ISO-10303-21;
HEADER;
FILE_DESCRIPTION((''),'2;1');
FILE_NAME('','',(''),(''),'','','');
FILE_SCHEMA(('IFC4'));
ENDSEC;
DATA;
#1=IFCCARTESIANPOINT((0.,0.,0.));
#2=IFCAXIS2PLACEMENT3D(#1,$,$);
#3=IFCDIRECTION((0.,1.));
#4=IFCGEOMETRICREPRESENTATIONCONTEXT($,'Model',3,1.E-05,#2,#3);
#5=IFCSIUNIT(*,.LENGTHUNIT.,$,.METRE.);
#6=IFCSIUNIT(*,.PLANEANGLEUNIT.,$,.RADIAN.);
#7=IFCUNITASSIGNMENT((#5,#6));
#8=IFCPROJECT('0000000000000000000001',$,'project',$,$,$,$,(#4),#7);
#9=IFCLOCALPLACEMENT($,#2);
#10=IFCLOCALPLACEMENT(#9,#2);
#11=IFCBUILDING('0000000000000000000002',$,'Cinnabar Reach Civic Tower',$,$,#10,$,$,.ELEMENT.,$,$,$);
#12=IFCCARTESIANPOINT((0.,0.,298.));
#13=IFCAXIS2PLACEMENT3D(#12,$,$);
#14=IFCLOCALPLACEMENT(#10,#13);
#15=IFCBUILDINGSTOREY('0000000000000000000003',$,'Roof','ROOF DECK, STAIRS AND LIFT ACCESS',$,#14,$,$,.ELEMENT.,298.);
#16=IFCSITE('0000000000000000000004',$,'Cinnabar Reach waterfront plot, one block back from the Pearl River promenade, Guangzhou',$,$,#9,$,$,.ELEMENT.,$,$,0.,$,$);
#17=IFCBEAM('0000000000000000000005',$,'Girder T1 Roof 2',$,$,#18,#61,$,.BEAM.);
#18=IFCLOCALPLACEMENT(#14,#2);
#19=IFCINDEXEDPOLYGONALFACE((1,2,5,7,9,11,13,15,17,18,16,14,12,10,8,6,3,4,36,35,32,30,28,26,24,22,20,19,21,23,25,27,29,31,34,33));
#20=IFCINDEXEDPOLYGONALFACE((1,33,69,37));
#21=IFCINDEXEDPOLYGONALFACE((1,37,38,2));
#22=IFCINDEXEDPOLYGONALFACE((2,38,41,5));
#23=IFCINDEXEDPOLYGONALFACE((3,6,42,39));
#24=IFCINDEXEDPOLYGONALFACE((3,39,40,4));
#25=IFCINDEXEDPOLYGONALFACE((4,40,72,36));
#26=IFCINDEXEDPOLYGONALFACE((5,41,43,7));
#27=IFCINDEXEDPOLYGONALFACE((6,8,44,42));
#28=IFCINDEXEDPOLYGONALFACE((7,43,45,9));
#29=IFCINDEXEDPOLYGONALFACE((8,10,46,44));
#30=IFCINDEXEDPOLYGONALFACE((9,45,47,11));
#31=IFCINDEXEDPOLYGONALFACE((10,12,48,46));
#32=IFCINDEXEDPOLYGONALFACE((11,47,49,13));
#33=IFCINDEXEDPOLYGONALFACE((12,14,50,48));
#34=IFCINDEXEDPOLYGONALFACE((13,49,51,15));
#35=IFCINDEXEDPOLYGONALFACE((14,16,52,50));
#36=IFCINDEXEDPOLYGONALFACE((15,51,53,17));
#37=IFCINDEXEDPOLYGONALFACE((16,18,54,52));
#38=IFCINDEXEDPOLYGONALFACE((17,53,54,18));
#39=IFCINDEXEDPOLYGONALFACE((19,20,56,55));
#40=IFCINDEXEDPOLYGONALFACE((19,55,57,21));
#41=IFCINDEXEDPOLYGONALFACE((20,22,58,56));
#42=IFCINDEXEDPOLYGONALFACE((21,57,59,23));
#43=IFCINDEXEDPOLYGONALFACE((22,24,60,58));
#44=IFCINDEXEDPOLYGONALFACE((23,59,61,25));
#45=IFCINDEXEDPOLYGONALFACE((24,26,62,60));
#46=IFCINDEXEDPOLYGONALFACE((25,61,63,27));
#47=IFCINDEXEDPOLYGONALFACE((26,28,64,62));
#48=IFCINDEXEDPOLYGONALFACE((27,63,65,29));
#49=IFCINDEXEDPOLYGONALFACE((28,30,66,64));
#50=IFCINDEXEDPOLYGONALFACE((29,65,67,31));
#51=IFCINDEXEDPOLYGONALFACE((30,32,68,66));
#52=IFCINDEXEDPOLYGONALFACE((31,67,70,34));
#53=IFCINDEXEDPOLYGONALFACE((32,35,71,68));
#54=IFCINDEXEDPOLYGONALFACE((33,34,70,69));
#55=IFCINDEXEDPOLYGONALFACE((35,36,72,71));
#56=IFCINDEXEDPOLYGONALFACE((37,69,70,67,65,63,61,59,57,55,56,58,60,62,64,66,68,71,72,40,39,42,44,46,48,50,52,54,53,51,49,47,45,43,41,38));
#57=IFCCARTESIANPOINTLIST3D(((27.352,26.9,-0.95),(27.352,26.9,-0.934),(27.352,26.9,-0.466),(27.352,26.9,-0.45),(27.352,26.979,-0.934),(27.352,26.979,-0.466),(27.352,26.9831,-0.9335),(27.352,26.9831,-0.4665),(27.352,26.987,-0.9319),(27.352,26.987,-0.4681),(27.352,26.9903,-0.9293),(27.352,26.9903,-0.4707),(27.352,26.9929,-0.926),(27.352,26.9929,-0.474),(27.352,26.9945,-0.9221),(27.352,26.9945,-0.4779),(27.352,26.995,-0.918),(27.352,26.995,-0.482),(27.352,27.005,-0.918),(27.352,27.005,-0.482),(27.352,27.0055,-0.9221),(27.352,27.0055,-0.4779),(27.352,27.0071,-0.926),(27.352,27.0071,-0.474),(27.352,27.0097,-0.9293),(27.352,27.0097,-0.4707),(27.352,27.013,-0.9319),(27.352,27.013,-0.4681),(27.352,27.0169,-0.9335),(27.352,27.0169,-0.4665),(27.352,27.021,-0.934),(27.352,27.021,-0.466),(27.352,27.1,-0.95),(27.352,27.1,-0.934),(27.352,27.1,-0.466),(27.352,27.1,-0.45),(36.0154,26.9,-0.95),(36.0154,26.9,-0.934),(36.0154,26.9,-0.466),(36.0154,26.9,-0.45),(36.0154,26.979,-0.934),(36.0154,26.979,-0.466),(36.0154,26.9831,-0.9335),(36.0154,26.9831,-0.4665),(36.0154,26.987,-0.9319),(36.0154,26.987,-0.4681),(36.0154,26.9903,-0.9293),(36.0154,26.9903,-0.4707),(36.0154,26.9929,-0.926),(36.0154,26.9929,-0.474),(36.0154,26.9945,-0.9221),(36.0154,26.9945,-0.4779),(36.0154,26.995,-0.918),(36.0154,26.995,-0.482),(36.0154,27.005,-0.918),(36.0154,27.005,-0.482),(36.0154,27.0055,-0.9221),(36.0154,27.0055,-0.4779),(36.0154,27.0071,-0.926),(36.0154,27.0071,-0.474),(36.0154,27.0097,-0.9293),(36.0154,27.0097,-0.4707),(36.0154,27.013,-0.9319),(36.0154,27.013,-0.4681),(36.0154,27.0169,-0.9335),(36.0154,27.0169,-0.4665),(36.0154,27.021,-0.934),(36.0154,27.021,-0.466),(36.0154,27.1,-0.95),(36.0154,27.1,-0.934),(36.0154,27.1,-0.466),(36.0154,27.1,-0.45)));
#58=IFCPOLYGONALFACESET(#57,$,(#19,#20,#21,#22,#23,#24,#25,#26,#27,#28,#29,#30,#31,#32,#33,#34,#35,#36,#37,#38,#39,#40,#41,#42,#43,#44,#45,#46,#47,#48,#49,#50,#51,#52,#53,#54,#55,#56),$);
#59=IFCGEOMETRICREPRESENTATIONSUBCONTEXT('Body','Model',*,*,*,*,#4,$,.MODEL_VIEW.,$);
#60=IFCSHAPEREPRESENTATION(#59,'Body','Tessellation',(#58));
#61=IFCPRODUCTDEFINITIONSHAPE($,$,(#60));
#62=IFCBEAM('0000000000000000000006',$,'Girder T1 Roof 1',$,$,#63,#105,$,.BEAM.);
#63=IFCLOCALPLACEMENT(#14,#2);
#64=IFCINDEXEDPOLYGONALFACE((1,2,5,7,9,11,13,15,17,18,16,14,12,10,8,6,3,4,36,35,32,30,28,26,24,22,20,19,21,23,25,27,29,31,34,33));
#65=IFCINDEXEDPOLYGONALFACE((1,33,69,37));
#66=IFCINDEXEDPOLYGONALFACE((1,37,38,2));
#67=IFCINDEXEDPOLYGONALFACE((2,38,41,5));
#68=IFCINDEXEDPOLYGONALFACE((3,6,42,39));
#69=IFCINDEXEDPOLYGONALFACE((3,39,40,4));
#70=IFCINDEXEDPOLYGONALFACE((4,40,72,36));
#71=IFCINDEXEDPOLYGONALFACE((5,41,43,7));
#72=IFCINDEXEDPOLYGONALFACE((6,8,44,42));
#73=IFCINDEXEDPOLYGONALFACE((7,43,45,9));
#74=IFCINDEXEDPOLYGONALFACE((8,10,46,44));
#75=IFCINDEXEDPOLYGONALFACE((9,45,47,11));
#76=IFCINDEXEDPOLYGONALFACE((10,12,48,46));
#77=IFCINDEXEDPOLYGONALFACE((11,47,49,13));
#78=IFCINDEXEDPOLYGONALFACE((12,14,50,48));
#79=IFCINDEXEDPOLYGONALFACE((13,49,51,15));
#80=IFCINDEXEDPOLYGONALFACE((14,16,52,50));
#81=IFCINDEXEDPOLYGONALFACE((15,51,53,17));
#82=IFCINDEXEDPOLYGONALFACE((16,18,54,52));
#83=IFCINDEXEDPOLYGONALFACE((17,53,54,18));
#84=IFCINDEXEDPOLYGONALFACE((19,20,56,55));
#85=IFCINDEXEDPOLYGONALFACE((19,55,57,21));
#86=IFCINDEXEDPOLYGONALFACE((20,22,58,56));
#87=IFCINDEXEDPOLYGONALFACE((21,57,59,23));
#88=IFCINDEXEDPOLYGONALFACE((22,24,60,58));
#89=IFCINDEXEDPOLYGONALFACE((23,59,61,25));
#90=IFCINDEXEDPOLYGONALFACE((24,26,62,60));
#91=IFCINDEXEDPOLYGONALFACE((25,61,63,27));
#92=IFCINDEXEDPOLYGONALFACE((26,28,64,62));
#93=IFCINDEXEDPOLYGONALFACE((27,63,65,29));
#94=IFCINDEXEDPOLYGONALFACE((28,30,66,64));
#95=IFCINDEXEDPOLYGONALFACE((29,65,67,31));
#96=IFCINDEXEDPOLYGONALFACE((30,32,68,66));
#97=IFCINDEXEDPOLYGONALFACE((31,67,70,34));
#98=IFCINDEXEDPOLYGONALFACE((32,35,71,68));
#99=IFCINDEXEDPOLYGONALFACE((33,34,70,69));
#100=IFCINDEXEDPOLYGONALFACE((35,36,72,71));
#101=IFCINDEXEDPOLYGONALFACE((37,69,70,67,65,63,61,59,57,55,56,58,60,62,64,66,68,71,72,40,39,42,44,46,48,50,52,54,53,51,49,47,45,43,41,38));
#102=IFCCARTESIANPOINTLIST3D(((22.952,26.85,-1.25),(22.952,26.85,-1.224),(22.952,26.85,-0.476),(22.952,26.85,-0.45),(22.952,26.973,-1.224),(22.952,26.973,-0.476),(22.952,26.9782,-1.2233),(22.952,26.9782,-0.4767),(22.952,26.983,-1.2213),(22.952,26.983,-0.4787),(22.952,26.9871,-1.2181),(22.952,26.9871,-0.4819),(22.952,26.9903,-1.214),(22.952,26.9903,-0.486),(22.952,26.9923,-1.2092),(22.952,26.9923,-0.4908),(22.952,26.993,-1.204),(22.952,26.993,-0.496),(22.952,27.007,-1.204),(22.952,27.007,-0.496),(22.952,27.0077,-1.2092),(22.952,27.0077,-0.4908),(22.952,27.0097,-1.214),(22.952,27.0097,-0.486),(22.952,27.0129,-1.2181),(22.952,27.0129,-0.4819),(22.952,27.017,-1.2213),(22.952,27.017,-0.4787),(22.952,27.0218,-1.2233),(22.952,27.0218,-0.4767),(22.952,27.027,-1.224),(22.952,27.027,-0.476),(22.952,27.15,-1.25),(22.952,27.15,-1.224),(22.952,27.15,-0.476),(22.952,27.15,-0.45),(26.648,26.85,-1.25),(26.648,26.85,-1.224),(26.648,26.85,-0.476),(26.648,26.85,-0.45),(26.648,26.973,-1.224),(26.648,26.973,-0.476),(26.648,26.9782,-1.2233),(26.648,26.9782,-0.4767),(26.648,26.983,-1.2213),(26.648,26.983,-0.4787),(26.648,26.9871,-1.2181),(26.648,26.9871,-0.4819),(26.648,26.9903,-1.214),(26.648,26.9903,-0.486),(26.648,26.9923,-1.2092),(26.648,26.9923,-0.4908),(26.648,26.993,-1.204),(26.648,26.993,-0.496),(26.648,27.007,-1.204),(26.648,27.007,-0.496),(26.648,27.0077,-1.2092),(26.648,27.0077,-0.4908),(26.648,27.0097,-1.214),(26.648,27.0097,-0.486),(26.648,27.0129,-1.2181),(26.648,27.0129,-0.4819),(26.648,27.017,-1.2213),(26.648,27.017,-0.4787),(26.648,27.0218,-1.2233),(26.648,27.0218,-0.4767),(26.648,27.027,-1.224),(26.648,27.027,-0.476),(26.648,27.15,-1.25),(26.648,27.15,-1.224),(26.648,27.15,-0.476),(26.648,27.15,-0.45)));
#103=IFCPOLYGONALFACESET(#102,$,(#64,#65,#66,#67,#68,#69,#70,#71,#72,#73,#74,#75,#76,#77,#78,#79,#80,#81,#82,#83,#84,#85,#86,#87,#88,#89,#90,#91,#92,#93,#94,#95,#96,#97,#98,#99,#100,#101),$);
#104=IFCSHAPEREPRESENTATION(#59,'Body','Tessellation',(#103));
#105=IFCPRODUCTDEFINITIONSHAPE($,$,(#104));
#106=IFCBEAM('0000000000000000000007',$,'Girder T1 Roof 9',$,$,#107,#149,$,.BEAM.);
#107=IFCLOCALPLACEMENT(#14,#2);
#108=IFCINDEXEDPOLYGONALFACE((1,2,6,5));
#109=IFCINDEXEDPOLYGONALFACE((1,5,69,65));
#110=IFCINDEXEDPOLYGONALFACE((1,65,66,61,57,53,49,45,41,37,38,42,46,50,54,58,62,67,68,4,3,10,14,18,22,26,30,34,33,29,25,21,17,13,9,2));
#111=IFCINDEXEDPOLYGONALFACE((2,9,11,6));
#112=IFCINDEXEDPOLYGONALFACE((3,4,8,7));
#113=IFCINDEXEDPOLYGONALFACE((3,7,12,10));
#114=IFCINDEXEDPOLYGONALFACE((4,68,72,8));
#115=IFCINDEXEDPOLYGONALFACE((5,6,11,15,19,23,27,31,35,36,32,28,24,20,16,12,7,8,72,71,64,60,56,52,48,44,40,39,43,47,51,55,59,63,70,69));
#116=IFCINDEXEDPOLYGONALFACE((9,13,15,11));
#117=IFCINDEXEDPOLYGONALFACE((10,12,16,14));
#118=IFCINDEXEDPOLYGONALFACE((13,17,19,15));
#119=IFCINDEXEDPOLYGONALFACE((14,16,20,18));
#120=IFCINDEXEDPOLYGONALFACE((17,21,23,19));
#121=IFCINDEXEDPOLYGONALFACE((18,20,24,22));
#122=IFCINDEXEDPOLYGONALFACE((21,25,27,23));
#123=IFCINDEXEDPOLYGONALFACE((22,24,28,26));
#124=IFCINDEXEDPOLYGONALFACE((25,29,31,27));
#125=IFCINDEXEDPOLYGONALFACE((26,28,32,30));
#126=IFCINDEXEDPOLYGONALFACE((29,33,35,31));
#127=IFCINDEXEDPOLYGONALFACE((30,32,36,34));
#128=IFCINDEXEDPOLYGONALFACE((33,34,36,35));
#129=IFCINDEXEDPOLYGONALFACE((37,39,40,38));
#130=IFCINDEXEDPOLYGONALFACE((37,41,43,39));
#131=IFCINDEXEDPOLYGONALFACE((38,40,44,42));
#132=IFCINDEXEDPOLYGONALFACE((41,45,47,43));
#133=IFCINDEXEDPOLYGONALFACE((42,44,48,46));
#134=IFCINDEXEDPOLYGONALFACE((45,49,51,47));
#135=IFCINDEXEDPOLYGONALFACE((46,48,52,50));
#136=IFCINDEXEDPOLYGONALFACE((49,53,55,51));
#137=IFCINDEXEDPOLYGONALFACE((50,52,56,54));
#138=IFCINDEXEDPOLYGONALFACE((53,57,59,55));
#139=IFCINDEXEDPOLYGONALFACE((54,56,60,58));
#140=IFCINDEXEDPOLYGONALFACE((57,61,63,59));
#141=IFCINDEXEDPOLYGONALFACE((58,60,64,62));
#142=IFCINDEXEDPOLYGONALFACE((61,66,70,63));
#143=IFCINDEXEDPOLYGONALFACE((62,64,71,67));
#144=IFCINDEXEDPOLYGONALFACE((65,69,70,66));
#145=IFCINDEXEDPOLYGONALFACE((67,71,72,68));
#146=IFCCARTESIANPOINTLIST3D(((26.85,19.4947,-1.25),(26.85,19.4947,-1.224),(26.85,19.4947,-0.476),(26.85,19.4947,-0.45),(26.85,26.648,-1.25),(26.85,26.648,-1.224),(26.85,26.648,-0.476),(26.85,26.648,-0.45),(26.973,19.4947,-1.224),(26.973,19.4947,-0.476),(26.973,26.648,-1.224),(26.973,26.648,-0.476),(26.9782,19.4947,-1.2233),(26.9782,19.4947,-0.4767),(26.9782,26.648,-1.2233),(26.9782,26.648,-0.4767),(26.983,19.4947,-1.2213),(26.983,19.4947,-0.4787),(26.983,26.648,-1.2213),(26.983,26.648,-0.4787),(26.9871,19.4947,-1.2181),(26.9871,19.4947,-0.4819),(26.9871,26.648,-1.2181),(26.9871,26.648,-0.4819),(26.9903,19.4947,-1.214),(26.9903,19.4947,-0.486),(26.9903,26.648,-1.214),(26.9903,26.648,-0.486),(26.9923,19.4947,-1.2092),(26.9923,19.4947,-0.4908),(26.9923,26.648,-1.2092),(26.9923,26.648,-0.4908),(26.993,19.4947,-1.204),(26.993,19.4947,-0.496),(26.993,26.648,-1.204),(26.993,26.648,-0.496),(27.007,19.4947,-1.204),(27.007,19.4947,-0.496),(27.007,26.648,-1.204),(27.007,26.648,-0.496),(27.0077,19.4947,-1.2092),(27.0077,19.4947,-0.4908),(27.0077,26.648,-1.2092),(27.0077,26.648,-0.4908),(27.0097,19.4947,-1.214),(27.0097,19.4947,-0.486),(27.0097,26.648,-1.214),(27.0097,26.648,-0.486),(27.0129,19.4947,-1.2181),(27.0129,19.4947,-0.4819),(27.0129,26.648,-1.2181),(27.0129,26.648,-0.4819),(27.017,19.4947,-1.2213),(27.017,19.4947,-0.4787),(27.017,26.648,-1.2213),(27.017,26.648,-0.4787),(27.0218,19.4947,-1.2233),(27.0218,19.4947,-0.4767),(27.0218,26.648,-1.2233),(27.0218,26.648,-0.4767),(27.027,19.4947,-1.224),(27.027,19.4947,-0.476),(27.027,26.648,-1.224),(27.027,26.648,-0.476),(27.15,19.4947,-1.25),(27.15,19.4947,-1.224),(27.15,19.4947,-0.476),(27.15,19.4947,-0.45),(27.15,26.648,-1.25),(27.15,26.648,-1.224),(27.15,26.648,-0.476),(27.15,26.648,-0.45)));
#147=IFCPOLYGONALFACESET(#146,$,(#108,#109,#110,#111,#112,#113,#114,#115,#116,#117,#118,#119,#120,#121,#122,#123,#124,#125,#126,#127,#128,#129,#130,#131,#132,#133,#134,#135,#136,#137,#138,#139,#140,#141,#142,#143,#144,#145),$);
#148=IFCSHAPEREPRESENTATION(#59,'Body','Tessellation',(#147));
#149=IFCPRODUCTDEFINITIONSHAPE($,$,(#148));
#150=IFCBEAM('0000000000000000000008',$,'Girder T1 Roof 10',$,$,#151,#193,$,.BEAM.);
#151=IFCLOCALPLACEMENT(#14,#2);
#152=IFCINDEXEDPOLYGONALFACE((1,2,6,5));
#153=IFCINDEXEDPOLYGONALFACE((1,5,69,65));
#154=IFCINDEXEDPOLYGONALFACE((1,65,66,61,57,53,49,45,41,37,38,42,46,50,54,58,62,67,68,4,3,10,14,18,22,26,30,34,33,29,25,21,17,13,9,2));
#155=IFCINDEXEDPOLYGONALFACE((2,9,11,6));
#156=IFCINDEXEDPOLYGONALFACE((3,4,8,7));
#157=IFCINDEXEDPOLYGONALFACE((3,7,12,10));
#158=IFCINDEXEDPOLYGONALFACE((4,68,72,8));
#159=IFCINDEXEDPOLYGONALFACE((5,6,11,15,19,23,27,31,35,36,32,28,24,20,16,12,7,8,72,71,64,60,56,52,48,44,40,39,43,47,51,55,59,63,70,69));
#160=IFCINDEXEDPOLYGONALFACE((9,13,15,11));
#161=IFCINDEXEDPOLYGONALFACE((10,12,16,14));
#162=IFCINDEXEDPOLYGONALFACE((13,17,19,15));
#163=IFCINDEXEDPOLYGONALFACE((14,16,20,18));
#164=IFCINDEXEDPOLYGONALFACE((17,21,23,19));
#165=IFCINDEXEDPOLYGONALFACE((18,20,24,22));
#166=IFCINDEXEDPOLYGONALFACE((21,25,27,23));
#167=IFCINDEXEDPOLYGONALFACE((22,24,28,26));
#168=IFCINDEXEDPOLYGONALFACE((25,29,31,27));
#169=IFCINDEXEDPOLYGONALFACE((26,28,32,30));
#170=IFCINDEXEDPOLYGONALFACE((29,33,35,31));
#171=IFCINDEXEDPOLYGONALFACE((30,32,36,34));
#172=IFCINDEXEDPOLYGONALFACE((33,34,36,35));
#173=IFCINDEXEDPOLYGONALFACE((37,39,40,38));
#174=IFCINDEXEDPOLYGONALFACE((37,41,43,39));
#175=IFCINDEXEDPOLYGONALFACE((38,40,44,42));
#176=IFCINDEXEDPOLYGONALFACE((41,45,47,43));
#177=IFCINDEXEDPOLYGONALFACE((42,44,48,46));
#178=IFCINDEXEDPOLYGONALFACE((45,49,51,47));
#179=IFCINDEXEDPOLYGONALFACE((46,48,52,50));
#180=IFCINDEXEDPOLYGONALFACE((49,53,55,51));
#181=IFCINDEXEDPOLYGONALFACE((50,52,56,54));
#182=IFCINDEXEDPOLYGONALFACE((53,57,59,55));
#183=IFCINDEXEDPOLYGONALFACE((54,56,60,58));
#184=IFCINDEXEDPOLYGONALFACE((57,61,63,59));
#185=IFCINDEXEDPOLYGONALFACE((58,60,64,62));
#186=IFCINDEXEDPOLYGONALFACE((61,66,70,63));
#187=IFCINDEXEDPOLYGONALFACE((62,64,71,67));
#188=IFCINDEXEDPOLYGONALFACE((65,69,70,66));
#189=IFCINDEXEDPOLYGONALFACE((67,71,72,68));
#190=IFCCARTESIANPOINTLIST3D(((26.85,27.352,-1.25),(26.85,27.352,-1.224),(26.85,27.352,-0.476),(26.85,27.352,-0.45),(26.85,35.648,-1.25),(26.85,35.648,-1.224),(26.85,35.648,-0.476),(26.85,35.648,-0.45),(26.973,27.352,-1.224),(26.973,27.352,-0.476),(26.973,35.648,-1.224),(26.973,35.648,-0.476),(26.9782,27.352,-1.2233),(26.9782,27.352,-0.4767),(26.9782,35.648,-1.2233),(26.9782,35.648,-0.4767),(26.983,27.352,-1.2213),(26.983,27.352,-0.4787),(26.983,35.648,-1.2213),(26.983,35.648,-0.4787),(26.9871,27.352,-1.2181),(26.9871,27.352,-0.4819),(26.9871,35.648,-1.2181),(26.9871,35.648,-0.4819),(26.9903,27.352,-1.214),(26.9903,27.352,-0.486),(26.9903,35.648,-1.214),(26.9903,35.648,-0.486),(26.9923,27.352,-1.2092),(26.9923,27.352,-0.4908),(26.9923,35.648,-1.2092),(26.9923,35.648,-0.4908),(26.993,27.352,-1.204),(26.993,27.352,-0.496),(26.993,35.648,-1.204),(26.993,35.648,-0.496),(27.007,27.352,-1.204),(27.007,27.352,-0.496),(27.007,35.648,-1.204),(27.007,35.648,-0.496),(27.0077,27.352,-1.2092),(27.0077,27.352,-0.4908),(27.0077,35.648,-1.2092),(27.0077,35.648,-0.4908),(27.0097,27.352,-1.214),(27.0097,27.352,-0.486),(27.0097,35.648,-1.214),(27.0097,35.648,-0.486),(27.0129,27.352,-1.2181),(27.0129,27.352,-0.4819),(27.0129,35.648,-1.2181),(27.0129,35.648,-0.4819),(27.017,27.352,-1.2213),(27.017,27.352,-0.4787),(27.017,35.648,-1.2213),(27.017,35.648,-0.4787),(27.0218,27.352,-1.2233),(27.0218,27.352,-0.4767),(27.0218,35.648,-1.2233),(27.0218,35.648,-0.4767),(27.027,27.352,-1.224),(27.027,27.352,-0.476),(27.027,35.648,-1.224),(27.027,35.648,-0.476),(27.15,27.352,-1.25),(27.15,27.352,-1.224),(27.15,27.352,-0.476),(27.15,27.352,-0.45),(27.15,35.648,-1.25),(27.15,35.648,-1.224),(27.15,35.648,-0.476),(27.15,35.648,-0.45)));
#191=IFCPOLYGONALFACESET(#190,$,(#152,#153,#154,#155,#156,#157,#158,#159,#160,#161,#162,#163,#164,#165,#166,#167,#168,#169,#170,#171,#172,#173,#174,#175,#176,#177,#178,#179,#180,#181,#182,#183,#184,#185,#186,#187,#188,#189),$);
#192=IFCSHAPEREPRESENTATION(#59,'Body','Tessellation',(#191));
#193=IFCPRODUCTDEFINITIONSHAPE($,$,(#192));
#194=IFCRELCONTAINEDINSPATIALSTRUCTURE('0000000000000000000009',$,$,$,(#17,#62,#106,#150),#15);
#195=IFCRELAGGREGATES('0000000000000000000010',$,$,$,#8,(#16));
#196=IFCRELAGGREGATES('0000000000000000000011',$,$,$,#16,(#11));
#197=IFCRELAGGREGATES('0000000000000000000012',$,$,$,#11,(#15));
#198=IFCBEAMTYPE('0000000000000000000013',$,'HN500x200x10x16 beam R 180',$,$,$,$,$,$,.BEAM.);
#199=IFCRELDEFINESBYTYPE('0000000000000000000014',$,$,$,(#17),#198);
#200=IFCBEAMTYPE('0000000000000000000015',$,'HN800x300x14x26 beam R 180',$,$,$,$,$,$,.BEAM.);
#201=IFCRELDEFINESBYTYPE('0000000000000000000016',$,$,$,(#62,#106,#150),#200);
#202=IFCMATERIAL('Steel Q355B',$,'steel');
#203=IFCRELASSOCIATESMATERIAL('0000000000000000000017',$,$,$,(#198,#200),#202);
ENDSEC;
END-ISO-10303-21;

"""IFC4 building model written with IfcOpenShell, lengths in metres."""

from ifc_helpers import new_model, si_unit, direction, frame, origin, origin_2d, place, context, subcontext, project, spatial, i_section, extrude, material, material_profile, profile_set, type_object, element, save


model = new_model("IFC4")

# Units and contexts
model_context = context("Model", 3, precision=1e-05, world=origin(), true_north=direction((0.0, 1.0)))
body_context = subcontext(model_context, "Body", "Model", "MODEL_VIEW")
ifc_project = project(units=[si_unit("LENGTHUNIT", "METRE"), si_unit("PLANEANGLEUNIT", "RADIAN")], contexts=[model_context])

# Site, building, storey
site_placement = place(None, origin())
site = spatial("IfcSite", under=ifc_project, at=site_placement, Name="Cinnabar Reach waterfront plot, one block back from the Pearl River promenade, Guangzhou", CompositionType="ELEMENT", RefElevation=0.0)
building_placement = place(site_placement, origin())
building = spatial("IfcBuilding", under=site, at=building_placement, Name="Cinnabar Reach Civic Tower", CompositionType="ELEMENT")
storey_placement = place(building_placement, frame((0.0, 0.0, 298.0)))
storey = spatial("IfcBuildingStorey", under=building, at=storey_placement, Name="Roof", Description="ROOF DECK, STAIRS AND LIFT ACCESS", CompositionType="ELEMENT", Elevation=298.0)

# Beams
ifc_material_1 = material(Name="Steel Q355B", Category="steel")
ifc_material_profile_1 = material_profile(ifc_material_1, i_section(OverallWidth=0.2, OverallDepth=0.5, WebThickness=0.01, FlangeThickness=0.016, FilletRadius=0.016, at=origin_2d()), Name="HN500x200x10x16")
ifc_profile_set_1 = profile_set([ifc_material_profile_1], Name="Steel Q355B")
beam_type_1 = type_object("IfcBeamType", Name="HN500x200x10x16 beam R 180", PredefinedType="BEAM", material=ifc_profile_set_1)
beam_1_placement = place(storey_placement, frame((27.352, 27.0, -0.7), z_axis=(1.0, 0.0, 0.0), x_axis=(0.0, 1.0, 0.0)))
element("IfcBeam", 1, at=beam_1_placement, inside=storey, type_object=beam_type_1, Name="Girder T1 Roof 2", PredefinedType="BEAM", context=body_context, shape_type="SweptSolid", body=[
    extrude(i_section(OverallWidth=0.2, OverallDepth=0.5, WebThickness=0.01, FlangeThickness=0.016, FilletRadius=0.016, at=origin_2d()), origin(), (0.0, 0.0, 1.0), 8.6634),
])
ifc_material_profile_2 = material_profile(ifc_material_1, i_section(OverallWidth=0.3, OverallDepth=0.8, WebThickness=0.014, FlangeThickness=0.026, FilletRadius=0.02, at=origin_2d()), Name="HN800x300x14x26")
ifc_profile_set_2 = profile_set([ifc_material_profile_2], Name="Steel Q355B")
beam_type_2 = type_object("IfcBeamType", Name="HN800x300x14x26 beam R 180", PredefinedType="BEAM", material=ifc_profile_set_2)
beam_2_placement = place(storey_placement, frame((22.952, 27.0, -0.85), z_axis=(1.0, 0.0, 0.0), x_axis=(0.0, 1.0, 0.0)))
element("IfcBeam", 2, at=beam_2_placement, inside=storey, type_object=beam_type_2, Name="Girder T1 Roof 1", PredefinedType="BEAM", context=body_context, shape_type="SweptSolid", body=[
    extrude(i_section(OverallWidth=0.3, OverallDepth=0.8, WebThickness=0.014, FlangeThickness=0.026, FilletRadius=0.02, at=origin_2d()), origin(), (0.0, 0.0, 1.0), 3.696),
])
beam_3_placement = place(storey_placement, frame((27.0, 19.4947, -0.85), z_axis=(0.0, 1.0, 0.0), x_axis=(-1.0, 0.0, 0.0)))
element("IfcBeam", 3, at=beam_3_placement, inside=storey, type_object=beam_type_2, Name="Girder T1 Roof 9", PredefinedType="BEAM", context=body_context, shape_type="SweptSolid", body=[
    extrude(i_section(OverallWidth=0.3, OverallDepth=0.8, WebThickness=0.014, FlangeThickness=0.026, FilletRadius=0.02, at=origin_2d()), origin(), (0.0, 0.0, 1.0), 7.1533),
])
beam_4_placement = place(storey_placement, frame((27.0, 27.352, -0.85), z_axis=(0.0, 1.0, 0.0), x_axis=(-1.0, 0.0, 0.0)))
element("IfcBeam", 4, at=beam_4_placement, inside=storey, type_object=beam_type_2, Name="Girder T1 Roof 10", PredefinedType="BEAM", context=body_context, shape_type="SweptSolid", body=[
    extrude(i_section(OverallWidth=0.3, OverallDepth=0.8, WebThickness=0.014, FlangeThickness=0.026, FilletRadius=0.02, at=origin_2d()), origin(), (0.0, 0.0, 1.0), 8.296),
])

save(model, "model.ifc")
